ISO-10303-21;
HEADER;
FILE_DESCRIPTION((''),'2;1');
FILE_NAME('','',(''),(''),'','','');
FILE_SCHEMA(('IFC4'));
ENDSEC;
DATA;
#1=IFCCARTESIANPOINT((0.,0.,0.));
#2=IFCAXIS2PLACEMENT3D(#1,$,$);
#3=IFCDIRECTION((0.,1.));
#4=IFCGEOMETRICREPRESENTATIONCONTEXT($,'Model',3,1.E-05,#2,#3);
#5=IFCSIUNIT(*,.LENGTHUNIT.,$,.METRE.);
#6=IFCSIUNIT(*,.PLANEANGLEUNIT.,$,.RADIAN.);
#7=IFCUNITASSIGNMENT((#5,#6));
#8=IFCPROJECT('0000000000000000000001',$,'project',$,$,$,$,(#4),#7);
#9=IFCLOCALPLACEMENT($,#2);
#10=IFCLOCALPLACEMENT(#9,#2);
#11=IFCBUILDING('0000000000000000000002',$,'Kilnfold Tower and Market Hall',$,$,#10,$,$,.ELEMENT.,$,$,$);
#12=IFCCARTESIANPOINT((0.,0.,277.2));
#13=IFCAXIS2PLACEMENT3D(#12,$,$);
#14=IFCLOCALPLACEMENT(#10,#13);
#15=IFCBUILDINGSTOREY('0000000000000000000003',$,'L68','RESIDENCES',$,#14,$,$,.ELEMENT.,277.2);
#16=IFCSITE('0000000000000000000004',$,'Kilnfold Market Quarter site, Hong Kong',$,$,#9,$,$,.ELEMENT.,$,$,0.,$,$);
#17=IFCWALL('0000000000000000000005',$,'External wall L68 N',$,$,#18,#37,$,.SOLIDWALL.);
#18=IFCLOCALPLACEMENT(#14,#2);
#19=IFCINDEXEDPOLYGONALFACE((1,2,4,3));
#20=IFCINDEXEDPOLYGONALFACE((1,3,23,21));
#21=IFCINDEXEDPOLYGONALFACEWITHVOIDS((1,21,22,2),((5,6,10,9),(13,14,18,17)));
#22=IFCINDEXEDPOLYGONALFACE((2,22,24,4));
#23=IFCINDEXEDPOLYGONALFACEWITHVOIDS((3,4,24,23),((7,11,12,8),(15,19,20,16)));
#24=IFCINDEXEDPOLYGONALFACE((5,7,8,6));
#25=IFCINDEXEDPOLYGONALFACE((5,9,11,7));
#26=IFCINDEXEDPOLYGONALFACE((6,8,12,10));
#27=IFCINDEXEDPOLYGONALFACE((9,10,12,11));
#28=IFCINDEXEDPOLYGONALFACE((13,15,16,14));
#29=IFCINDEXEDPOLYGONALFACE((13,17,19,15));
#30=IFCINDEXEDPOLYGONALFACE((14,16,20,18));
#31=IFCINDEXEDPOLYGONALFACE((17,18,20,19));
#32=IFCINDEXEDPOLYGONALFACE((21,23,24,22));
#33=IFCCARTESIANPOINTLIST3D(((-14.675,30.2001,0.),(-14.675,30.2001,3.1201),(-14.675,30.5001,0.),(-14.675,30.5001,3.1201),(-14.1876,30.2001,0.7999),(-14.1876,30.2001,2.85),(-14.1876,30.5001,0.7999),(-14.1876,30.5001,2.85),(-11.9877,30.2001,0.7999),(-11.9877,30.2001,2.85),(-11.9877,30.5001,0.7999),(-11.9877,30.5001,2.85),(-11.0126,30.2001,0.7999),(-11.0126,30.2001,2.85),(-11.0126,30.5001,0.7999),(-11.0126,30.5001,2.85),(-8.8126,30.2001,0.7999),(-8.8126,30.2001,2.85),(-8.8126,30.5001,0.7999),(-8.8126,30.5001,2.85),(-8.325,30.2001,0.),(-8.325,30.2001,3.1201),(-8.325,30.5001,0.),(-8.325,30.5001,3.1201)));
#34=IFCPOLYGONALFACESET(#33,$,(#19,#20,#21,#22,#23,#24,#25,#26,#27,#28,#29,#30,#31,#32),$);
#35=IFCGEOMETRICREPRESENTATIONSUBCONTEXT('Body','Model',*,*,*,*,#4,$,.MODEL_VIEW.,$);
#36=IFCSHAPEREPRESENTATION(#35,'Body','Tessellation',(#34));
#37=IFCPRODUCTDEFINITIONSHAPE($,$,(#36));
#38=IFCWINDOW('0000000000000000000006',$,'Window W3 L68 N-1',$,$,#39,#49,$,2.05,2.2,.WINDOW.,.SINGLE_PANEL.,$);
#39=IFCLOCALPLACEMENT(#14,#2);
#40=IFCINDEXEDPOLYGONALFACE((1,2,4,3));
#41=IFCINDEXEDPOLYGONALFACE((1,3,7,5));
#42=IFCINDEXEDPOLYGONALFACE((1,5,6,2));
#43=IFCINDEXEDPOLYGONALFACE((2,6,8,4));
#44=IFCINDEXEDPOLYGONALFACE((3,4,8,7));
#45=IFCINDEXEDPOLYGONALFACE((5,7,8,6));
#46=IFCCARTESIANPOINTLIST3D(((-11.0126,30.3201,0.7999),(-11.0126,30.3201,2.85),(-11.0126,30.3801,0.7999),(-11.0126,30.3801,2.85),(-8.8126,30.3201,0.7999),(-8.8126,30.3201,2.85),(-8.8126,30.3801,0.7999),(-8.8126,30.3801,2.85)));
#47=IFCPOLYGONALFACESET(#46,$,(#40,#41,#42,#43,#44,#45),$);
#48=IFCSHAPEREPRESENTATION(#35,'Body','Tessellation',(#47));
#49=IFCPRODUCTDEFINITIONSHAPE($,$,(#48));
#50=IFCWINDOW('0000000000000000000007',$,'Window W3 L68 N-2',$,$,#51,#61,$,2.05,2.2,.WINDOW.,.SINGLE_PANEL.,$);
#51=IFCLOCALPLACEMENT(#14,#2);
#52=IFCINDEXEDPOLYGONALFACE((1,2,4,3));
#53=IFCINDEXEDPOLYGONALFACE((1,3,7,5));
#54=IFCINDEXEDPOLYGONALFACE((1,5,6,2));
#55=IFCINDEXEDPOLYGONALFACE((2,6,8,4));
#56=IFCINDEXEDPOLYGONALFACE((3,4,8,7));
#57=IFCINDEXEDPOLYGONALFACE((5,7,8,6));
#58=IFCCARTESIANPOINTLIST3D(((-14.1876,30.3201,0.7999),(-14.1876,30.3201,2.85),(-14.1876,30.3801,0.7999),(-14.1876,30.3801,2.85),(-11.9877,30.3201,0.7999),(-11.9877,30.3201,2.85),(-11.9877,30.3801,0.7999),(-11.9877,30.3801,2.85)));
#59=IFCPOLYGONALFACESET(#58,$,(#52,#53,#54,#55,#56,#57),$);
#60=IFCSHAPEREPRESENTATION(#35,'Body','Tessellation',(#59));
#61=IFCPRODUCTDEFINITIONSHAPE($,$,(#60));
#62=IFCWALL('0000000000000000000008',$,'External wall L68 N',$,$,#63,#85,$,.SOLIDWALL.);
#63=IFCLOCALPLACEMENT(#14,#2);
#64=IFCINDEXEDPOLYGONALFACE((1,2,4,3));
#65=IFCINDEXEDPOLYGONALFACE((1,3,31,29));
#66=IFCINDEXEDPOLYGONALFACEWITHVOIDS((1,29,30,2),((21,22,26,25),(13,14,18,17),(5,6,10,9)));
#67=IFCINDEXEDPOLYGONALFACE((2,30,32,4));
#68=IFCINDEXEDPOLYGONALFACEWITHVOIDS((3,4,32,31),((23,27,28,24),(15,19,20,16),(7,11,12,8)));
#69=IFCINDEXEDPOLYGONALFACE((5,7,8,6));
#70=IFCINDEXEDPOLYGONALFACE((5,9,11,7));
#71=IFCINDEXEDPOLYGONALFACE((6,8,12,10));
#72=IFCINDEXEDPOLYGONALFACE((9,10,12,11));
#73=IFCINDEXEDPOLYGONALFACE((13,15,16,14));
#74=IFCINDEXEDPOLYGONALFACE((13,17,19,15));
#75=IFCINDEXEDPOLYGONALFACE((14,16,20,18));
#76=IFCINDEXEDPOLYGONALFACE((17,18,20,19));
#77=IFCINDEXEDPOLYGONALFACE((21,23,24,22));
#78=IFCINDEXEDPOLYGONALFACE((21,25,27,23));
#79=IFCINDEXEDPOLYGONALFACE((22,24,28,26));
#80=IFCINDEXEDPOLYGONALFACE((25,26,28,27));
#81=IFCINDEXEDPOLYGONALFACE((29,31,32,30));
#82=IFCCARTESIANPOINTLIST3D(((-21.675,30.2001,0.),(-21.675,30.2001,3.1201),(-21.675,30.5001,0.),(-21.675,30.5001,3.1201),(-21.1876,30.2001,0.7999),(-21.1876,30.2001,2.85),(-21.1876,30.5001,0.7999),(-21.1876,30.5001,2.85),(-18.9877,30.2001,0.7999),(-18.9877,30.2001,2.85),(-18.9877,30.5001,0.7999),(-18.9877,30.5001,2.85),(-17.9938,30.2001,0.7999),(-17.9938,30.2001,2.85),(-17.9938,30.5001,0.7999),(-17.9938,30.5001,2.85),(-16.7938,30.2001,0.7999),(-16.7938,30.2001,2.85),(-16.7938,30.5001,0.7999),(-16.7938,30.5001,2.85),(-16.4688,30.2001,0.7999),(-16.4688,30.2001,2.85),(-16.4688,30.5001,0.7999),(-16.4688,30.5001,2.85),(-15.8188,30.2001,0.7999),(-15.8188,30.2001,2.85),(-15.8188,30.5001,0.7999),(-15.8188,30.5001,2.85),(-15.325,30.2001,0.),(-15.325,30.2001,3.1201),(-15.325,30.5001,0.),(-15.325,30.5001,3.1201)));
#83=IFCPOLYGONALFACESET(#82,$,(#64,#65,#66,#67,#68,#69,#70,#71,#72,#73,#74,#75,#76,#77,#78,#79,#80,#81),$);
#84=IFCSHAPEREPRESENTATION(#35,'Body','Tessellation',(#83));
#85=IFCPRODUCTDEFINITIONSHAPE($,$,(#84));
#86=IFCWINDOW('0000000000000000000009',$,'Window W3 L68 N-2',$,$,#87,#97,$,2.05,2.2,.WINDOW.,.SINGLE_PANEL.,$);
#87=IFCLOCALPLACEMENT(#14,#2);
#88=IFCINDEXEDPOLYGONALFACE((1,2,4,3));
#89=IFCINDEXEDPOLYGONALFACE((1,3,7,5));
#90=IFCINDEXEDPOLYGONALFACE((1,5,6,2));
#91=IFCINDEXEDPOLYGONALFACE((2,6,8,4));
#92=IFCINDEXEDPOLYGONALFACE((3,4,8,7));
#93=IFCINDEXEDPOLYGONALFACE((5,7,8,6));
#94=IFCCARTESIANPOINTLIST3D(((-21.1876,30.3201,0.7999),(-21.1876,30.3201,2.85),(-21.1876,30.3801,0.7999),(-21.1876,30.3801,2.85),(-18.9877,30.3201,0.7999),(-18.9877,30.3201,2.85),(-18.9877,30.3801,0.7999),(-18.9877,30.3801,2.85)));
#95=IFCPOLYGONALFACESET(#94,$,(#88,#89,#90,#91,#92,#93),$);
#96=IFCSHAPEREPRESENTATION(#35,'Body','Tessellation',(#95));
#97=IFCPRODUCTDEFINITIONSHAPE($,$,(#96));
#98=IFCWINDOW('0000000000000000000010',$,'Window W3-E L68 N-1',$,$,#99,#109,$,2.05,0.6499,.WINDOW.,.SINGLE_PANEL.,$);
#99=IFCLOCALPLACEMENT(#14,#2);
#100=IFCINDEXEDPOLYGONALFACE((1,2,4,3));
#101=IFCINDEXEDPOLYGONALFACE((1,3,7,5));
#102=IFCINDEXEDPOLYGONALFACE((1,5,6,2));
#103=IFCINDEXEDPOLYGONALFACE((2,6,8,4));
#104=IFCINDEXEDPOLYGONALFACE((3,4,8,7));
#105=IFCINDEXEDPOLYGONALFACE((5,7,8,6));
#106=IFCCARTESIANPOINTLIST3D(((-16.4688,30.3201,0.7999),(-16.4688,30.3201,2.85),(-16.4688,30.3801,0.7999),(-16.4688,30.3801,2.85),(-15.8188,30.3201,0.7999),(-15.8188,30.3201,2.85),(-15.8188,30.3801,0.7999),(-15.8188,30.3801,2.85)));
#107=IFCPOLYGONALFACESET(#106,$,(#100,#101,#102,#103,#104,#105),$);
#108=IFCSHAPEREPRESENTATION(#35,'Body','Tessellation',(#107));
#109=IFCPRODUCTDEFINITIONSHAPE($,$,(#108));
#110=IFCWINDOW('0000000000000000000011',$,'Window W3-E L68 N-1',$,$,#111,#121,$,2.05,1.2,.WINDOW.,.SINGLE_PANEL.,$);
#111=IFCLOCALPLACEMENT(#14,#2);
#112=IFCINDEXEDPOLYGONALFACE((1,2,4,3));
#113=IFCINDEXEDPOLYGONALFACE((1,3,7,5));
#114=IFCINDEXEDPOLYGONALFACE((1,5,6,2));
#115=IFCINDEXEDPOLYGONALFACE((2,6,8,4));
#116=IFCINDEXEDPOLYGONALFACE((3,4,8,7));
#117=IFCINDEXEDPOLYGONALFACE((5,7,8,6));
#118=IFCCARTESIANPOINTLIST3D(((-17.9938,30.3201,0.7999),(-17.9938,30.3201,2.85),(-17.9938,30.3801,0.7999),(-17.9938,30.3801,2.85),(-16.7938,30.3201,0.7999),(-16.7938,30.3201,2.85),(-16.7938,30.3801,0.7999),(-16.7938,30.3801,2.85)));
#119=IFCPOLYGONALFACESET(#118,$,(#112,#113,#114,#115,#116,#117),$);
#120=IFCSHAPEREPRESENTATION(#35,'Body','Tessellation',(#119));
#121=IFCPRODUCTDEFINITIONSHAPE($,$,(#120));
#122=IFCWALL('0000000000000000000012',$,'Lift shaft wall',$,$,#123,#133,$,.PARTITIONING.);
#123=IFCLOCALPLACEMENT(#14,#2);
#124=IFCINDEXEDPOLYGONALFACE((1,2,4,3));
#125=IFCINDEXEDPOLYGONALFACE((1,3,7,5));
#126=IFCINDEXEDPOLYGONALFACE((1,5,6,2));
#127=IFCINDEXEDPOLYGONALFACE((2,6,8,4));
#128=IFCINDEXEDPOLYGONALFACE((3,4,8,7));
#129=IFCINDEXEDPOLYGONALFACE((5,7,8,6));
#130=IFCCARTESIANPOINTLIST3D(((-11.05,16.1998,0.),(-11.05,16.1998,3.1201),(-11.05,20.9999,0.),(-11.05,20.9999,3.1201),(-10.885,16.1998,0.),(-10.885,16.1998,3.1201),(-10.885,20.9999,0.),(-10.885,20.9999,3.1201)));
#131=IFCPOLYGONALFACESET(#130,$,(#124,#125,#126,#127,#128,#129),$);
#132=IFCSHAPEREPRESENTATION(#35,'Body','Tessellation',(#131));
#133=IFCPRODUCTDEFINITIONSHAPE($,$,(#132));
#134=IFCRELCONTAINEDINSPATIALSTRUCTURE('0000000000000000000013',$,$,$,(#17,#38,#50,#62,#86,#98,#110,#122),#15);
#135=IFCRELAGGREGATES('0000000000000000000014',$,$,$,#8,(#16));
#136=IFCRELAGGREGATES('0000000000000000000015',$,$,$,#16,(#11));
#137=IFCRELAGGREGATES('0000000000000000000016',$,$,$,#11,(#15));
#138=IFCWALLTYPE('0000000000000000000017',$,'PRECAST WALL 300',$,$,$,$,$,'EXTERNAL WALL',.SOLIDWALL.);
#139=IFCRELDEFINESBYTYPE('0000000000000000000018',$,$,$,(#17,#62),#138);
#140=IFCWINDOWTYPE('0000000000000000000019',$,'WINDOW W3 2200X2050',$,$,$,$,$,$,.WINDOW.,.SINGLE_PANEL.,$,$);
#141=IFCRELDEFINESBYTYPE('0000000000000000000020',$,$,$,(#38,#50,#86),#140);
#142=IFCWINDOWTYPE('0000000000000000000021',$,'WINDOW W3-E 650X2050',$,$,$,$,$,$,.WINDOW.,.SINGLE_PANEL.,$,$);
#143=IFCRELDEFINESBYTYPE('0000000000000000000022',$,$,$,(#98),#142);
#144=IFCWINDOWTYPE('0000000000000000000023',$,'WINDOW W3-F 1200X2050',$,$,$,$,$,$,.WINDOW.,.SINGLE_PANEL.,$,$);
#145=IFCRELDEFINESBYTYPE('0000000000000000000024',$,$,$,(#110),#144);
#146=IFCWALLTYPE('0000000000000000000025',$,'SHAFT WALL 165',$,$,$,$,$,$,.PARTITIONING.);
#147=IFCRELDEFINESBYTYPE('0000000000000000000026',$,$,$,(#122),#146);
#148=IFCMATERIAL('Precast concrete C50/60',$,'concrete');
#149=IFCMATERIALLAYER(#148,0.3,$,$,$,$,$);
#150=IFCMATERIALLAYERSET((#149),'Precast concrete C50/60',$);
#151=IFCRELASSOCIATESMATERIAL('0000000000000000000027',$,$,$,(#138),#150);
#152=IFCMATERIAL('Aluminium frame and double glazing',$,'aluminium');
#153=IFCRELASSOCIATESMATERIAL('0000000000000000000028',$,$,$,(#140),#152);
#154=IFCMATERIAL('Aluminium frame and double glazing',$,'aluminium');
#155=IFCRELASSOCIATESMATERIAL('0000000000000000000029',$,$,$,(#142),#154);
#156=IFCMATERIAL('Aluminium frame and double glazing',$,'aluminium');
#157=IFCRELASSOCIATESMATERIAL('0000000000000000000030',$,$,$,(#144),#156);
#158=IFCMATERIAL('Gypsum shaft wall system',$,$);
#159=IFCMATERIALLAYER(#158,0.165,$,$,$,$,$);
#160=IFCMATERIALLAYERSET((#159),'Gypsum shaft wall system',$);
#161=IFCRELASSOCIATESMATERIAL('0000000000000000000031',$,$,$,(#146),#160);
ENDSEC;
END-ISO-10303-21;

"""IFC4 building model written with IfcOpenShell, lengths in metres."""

from ifc_helpers import new_model, si_unit, direction, frame, frame_2d, origin, place, context, subcontext, project, spatial, rectangle, extrude, source, transform, mapped, material, layer, layer_set, type_object, element, fill, save


model = new_model("IFC4")

# Units and contexts
model_context = context("Model", 3, precision=1e-05, world=origin(), true_north=direction((0.0, 1.0)))
body_context = subcontext(model_context, "Body", "Model", "MODEL_VIEW")
ifc_project = project(units=[si_unit("LENGTHUNIT", "METRE"), si_unit("PLANEANGLEUNIT", "RADIAN")], contexts=[model_context])

# Site, building, storey
site_placement = place(None, origin())
site = spatial("IfcSite", under=ifc_project, at=site_placement, Name="Kilnfold Market Quarter site, Hong Kong", CompositionType="ELEMENT", RefElevation=0.0)
building_placement = place(site_placement, origin())
building = spatial("IfcBuilding", under=site, at=building_placement, Name="Kilnfold Tower and Market Hall", CompositionType="ELEMENT")
storey_placement = place(building_placement, frame((0.0, 0.0, 277.2)))
storey = spatial("IfcBuildingStorey", under=building, at=storey_placement, Name="L68", Description="RESIDENCES", CompositionType="ELEMENT", Elevation=277.2)

# Walls, openings, windows
ifc_material_1 = material(Name="Precast concrete C50/60", Category="concrete")
ifc_layer_1 = layer(ifc_material_1, 0.3)
ifc_layer_set_1 = layer_set([ifc_layer_1], Name="Precast concrete C50/60")
wall_type_1 = type_object("IfcWallType", Name="PRECAST WALL 300", ElementType="EXTERNAL WALL", PredefinedType="SOLIDWALL", material=ifc_layer_set_1)
shared_shape_1 = source(origin(), body_context, "Body", "SweptSolid", [
    extrude(rectangle(XDim=6.3501, YDim=0.3, at=frame_2d((3.175, 0.0))), origin(), (0.0, 0.0, 1.0), 3.1201),
])
wall_1_placement = place(storey_placement, frame((-8.325, 30.3501, 0.0), z_axis=(0.0, 0.0, 1.0), x_axis=(-1.0, 0.0, 0.0)))
wall_1 = element("IfcWall", 1, at=wall_1_placement, inside=storey, type_object=wall_type_1, Name="External wall L68 N", PredefinedType="SOLIDWALL", context=body_context, shape_type="MappedRepresentation", body=[
    mapped(shared_shape_1, transform((0.0, 0.0, 0.0))),
])
opening_1_placement = place(wall_1_placement, frame((0.4875, 0.0, 0.8)))
opening_1 = element("IfcOpeningElement", 2, at=opening_1_placement, cuts=wall_1, PredefinedType="OPENING", context=body_context, shape_type="SweptSolid", body=[
    extrude(rectangle(XDim=2.2, YDim=2.05, at=frame_2d((1.1001, 1.0249))), frame((0.0, 0.1602, 0.0), z_axis=(0.0, -1.0, 0.0), x_axis=(1.0, 0.0, 0.0)), (0.0, 0.0, 1.0), 0.3201),
])
opening_2_placement = place(wall_1_placement, frame((3.6626, 0.0, 0.8)))
opening_2 = element("IfcOpeningElement", 3, at=opening_2_placement, cuts=wall_1, PredefinedType="OPENING", context=body_context, shape_type="SweptSolid", body=[
    extrude(rectangle(XDim=2.2, YDim=2.05, at=frame_2d((1.1001, 1.0249))), frame((0.0, 0.1602, 0.0), z_axis=(0.0, -1.0, 0.0), x_axis=(1.0, 0.0, 0.0)), (0.0, 0.0, 1.0), 0.3201),
])
ifc_material_2 = material(Name="Aluminium frame and double glazing", Category="aluminium")
window_type_1 = type_object("IfcWindowType", Name="WINDOW W3 2200X2050", PartitioningType="SINGLE_PANEL", PredefinedType="WINDOW", material=ifc_material_2)
window_1_placement = place(opening_1_placement, origin())
window_1 = element("IfcWindow", 4, at=window_1_placement, inside=storey, type_object=window_type_1, Name="Window W3 L68 N-1", OverallHeight=2.05, OverallWidth=2.2, PartitioningType="SINGLE_PANEL", PredefinedType="WINDOW", context=body_context, shape_type="SweptSolid", body=[
    extrude(rectangle(XDim=2.2, YDim=2.05, at=frame_2d((1.1001, 1.0249))), frame((0.0, 0.03, 0.0), z_axis=(0.0, -1.0, 0.0), x_axis=(1.0, 0.0, 0.0)), (0.0, 0.0, 1.0), 0.0601),
])
fill(opening_1, window_1)
window_2_placement = place(opening_2_placement, origin())
window_2 = element("IfcWindow", 5, at=window_2_placement, inside=storey, type_object=window_type_1, Name="Window W3 L68 N-2", OverallHeight=2.05, OverallWidth=2.2, PartitioningType="SINGLE_PANEL", PredefinedType="WINDOW", context=body_context, shape_type="SweptSolid", body=[
    extrude(rectangle(XDim=2.2, YDim=2.05, at=frame_2d((1.1001, 1.0249))), frame((0.0, 0.03, 0.0), z_axis=(0.0, -1.0, 0.0), x_axis=(1.0, 0.0, 0.0)), (0.0, 0.0, 1.0), 0.0601),
])
fill(opening_2, window_2)
wall_2_placement = place(storey_placement, frame((-15.325, 30.3501, 0.0), z_axis=(0.0, 0.0, 1.0), x_axis=(-1.0, 0.0, 0.0)))
wall_2 = element("IfcWall", 6, at=wall_2_placement, inside=storey, type_object=wall_type_1, Name="External wall L68 N", PredefinedType="SOLIDWALL", context=body_context, shape_type="MappedRepresentation", body=[
    mapped(shared_shape_1, transform((0.0, 0.0, 0.0))),
])
opening_3_placement = place(wall_2_placement, frame((0.4939, 0.0, 0.8)))
opening_3 = element("IfcOpeningElement", 7, at=opening_3_placement, cuts=wall_2, PredefinedType="OPENING", context=body_context, shape_type="SweptSolid", body=[
    extrude(rectangle(XDim=0.6499, YDim=2.05, at=frame_2d((0.325, 1.0249))), frame((0.0, 0.1602, 0.0), z_axis=(0.0, -1.0, 0.0), x_axis=(1.0, 0.0, 0.0)), (0.0, 0.0, 1.0), 0.3201),
])
opening_4_placement = place(wall_2_placement, frame((3.6626, 0.0, 0.8)))
opening_4 = element("IfcOpeningElement", 8, at=opening_4_placement, cuts=wall_2, PredefinedType="OPENING", context=body_context, shape_type="SweptSolid", body=[
    extrude(rectangle(XDim=2.2, YDim=2.05, at=frame_2d((1.1001, 1.0249))), frame((0.0, 0.1602, 0.0), z_axis=(0.0, -1.0, 0.0), x_axis=(1.0, 0.0, 0.0)), (0.0, 0.0, 1.0), 0.3201),
])
opening_5_placement = place(wall_2_placement, frame((1.4688, 0.0, 0.8)))
opening_5 = element("IfcOpeningElement", 9, at=opening_5_placement, cuts=wall_2, PredefinedType="OPENING", context=body_context, shape_type="SweptSolid", body=[
    extrude(rectangle(XDim=1.2, YDim=2.05, at=frame_2d((0.6001, 1.0249))), frame((0.0, 0.1602, 0.0), z_axis=(0.0, -1.0, 0.0), x_axis=(1.0, 0.0, 0.0)), (0.0, 0.0, 1.0), 0.3201),
])
window_3_placement = place(opening_4_placement, origin())
window_3 = element("IfcWindow", 10, at=window_3_placement, inside=storey, type_object=window_type_1, Name="Window W3 L68 N-2", OverallHeight=2.05, OverallWidth=2.2, PartitioningType="SINGLE_PANEL", PredefinedType="WINDOW", context=body_context, shape_type="SweptSolid", body=[
    extrude(rectangle(XDim=2.2, YDim=2.05, at=frame_2d((1.1001, 1.0249))), frame((0.0, 0.03, 0.0), z_axis=(0.0, -1.0, 0.0), x_axis=(1.0, 0.0, 0.0)), (0.0, 0.0, 1.0), 0.0601),
])
fill(opening_4, window_3)
ifc_material_3 = material(Name="Aluminium frame and double glazing", Category="aluminium")
window_type_2 = type_object("IfcWindowType", Name="WINDOW W3-E 650X2050", PartitioningType="SINGLE_PANEL", PredefinedType="WINDOW", material=ifc_material_3)
window_4_placement = place(opening_3_placement, origin())
window_4 = element("IfcWindow", 11, at=window_4_placement, inside=storey, type_object=window_type_2, Name="Window W3-E L68 N-1", OverallHeight=2.05, OverallWidth=0.6499, PartitioningType="SINGLE_PANEL", PredefinedType="WINDOW", context=body_context, shape_type="SweptSolid", body=[
    extrude(rectangle(XDim=0.6499, YDim=2.05, at=frame_2d((0.325, 1.0249))), frame((0.0, 0.03, 0.0), z_axis=(0.0, -1.0, 0.0), x_axis=(1.0, 0.0, 0.0)), (0.0, 0.0, 1.0), 0.0601),
])
fill(opening_3, window_4)
ifc_material_4 = material(Name="Aluminium frame and double glazing", Category="aluminium")
window_type_3 = type_object("IfcWindowType", Name="WINDOW W3-F 1200X2050", PartitioningType="SINGLE_PANEL", PredefinedType="WINDOW", material=ifc_material_4)
window_5_placement = place(opening_5_placement, origin())
window_5 = element("IfcWindow", 12, at=window_5_placement, inside=storey, type_object=window_type_3, Name="Window W3-E L68 N-1", OverallHeight=2.05, OverallWidth=1.2, PartitioningType="SINGLE_PANEL", PredefinedType="WINDOW", context=body_context, shape_type="SweptSolid", body=[
    extrude(rectangle(XDim=1.2, YDim=2.05, at=frame_2d((0.6001, 1.0249))), frame((0.0, 0.03, 0.0), z_axis=(0.0, -1.0, 0.0), x_axis=(1.0, 0.0, 0.0)), (0.0, 0.0, 1.0), 0.0601),
])
fill(opening_5, window_5)

# Wall
ifc_material_5 = material(Name="Gypsum shaft wall system")
ifc_layer_2 = layer(ifc_material_5, 0.165)
ifc_layer_set_2 = layer_set([ifc_layer_2], Name="Gypsum shaft wall system")
wall_type_2 = type_object("IfcWallType", Name="SHAFT WALL 165", PredefinedType="PARTITIONING", material=ifc_layer_set_2)
shared_shape_2 = source(origin(), body_context, "Body", "SweptSolid", [
    extrude(rectangle(XDim=4.8, YDim=0.165, at=frame_2d((2.3999, 0.0))), origin(), (0.0, 0.0, 1.0), 3.1201),
])
wall_3_placement = place(storey_placement, frame((-10.9675, 16.2, 0.0), z_axis=(0.0, 0.0, 1.0), x_axis=(0.0, 1.0, 0.0)))
element("IfcWall", 13, at=wall_3_placement, inside=storey, type_object=wall_type_2, Name="Lift shaft wall", PredefinedType="PARTITIONING", context=body_context, shape_type="MappedRepresentation", body=[
    mapped(shared_shape_2, transform((0.0, 0.0, 0.0))),
])

save(model, "model.ifc")
